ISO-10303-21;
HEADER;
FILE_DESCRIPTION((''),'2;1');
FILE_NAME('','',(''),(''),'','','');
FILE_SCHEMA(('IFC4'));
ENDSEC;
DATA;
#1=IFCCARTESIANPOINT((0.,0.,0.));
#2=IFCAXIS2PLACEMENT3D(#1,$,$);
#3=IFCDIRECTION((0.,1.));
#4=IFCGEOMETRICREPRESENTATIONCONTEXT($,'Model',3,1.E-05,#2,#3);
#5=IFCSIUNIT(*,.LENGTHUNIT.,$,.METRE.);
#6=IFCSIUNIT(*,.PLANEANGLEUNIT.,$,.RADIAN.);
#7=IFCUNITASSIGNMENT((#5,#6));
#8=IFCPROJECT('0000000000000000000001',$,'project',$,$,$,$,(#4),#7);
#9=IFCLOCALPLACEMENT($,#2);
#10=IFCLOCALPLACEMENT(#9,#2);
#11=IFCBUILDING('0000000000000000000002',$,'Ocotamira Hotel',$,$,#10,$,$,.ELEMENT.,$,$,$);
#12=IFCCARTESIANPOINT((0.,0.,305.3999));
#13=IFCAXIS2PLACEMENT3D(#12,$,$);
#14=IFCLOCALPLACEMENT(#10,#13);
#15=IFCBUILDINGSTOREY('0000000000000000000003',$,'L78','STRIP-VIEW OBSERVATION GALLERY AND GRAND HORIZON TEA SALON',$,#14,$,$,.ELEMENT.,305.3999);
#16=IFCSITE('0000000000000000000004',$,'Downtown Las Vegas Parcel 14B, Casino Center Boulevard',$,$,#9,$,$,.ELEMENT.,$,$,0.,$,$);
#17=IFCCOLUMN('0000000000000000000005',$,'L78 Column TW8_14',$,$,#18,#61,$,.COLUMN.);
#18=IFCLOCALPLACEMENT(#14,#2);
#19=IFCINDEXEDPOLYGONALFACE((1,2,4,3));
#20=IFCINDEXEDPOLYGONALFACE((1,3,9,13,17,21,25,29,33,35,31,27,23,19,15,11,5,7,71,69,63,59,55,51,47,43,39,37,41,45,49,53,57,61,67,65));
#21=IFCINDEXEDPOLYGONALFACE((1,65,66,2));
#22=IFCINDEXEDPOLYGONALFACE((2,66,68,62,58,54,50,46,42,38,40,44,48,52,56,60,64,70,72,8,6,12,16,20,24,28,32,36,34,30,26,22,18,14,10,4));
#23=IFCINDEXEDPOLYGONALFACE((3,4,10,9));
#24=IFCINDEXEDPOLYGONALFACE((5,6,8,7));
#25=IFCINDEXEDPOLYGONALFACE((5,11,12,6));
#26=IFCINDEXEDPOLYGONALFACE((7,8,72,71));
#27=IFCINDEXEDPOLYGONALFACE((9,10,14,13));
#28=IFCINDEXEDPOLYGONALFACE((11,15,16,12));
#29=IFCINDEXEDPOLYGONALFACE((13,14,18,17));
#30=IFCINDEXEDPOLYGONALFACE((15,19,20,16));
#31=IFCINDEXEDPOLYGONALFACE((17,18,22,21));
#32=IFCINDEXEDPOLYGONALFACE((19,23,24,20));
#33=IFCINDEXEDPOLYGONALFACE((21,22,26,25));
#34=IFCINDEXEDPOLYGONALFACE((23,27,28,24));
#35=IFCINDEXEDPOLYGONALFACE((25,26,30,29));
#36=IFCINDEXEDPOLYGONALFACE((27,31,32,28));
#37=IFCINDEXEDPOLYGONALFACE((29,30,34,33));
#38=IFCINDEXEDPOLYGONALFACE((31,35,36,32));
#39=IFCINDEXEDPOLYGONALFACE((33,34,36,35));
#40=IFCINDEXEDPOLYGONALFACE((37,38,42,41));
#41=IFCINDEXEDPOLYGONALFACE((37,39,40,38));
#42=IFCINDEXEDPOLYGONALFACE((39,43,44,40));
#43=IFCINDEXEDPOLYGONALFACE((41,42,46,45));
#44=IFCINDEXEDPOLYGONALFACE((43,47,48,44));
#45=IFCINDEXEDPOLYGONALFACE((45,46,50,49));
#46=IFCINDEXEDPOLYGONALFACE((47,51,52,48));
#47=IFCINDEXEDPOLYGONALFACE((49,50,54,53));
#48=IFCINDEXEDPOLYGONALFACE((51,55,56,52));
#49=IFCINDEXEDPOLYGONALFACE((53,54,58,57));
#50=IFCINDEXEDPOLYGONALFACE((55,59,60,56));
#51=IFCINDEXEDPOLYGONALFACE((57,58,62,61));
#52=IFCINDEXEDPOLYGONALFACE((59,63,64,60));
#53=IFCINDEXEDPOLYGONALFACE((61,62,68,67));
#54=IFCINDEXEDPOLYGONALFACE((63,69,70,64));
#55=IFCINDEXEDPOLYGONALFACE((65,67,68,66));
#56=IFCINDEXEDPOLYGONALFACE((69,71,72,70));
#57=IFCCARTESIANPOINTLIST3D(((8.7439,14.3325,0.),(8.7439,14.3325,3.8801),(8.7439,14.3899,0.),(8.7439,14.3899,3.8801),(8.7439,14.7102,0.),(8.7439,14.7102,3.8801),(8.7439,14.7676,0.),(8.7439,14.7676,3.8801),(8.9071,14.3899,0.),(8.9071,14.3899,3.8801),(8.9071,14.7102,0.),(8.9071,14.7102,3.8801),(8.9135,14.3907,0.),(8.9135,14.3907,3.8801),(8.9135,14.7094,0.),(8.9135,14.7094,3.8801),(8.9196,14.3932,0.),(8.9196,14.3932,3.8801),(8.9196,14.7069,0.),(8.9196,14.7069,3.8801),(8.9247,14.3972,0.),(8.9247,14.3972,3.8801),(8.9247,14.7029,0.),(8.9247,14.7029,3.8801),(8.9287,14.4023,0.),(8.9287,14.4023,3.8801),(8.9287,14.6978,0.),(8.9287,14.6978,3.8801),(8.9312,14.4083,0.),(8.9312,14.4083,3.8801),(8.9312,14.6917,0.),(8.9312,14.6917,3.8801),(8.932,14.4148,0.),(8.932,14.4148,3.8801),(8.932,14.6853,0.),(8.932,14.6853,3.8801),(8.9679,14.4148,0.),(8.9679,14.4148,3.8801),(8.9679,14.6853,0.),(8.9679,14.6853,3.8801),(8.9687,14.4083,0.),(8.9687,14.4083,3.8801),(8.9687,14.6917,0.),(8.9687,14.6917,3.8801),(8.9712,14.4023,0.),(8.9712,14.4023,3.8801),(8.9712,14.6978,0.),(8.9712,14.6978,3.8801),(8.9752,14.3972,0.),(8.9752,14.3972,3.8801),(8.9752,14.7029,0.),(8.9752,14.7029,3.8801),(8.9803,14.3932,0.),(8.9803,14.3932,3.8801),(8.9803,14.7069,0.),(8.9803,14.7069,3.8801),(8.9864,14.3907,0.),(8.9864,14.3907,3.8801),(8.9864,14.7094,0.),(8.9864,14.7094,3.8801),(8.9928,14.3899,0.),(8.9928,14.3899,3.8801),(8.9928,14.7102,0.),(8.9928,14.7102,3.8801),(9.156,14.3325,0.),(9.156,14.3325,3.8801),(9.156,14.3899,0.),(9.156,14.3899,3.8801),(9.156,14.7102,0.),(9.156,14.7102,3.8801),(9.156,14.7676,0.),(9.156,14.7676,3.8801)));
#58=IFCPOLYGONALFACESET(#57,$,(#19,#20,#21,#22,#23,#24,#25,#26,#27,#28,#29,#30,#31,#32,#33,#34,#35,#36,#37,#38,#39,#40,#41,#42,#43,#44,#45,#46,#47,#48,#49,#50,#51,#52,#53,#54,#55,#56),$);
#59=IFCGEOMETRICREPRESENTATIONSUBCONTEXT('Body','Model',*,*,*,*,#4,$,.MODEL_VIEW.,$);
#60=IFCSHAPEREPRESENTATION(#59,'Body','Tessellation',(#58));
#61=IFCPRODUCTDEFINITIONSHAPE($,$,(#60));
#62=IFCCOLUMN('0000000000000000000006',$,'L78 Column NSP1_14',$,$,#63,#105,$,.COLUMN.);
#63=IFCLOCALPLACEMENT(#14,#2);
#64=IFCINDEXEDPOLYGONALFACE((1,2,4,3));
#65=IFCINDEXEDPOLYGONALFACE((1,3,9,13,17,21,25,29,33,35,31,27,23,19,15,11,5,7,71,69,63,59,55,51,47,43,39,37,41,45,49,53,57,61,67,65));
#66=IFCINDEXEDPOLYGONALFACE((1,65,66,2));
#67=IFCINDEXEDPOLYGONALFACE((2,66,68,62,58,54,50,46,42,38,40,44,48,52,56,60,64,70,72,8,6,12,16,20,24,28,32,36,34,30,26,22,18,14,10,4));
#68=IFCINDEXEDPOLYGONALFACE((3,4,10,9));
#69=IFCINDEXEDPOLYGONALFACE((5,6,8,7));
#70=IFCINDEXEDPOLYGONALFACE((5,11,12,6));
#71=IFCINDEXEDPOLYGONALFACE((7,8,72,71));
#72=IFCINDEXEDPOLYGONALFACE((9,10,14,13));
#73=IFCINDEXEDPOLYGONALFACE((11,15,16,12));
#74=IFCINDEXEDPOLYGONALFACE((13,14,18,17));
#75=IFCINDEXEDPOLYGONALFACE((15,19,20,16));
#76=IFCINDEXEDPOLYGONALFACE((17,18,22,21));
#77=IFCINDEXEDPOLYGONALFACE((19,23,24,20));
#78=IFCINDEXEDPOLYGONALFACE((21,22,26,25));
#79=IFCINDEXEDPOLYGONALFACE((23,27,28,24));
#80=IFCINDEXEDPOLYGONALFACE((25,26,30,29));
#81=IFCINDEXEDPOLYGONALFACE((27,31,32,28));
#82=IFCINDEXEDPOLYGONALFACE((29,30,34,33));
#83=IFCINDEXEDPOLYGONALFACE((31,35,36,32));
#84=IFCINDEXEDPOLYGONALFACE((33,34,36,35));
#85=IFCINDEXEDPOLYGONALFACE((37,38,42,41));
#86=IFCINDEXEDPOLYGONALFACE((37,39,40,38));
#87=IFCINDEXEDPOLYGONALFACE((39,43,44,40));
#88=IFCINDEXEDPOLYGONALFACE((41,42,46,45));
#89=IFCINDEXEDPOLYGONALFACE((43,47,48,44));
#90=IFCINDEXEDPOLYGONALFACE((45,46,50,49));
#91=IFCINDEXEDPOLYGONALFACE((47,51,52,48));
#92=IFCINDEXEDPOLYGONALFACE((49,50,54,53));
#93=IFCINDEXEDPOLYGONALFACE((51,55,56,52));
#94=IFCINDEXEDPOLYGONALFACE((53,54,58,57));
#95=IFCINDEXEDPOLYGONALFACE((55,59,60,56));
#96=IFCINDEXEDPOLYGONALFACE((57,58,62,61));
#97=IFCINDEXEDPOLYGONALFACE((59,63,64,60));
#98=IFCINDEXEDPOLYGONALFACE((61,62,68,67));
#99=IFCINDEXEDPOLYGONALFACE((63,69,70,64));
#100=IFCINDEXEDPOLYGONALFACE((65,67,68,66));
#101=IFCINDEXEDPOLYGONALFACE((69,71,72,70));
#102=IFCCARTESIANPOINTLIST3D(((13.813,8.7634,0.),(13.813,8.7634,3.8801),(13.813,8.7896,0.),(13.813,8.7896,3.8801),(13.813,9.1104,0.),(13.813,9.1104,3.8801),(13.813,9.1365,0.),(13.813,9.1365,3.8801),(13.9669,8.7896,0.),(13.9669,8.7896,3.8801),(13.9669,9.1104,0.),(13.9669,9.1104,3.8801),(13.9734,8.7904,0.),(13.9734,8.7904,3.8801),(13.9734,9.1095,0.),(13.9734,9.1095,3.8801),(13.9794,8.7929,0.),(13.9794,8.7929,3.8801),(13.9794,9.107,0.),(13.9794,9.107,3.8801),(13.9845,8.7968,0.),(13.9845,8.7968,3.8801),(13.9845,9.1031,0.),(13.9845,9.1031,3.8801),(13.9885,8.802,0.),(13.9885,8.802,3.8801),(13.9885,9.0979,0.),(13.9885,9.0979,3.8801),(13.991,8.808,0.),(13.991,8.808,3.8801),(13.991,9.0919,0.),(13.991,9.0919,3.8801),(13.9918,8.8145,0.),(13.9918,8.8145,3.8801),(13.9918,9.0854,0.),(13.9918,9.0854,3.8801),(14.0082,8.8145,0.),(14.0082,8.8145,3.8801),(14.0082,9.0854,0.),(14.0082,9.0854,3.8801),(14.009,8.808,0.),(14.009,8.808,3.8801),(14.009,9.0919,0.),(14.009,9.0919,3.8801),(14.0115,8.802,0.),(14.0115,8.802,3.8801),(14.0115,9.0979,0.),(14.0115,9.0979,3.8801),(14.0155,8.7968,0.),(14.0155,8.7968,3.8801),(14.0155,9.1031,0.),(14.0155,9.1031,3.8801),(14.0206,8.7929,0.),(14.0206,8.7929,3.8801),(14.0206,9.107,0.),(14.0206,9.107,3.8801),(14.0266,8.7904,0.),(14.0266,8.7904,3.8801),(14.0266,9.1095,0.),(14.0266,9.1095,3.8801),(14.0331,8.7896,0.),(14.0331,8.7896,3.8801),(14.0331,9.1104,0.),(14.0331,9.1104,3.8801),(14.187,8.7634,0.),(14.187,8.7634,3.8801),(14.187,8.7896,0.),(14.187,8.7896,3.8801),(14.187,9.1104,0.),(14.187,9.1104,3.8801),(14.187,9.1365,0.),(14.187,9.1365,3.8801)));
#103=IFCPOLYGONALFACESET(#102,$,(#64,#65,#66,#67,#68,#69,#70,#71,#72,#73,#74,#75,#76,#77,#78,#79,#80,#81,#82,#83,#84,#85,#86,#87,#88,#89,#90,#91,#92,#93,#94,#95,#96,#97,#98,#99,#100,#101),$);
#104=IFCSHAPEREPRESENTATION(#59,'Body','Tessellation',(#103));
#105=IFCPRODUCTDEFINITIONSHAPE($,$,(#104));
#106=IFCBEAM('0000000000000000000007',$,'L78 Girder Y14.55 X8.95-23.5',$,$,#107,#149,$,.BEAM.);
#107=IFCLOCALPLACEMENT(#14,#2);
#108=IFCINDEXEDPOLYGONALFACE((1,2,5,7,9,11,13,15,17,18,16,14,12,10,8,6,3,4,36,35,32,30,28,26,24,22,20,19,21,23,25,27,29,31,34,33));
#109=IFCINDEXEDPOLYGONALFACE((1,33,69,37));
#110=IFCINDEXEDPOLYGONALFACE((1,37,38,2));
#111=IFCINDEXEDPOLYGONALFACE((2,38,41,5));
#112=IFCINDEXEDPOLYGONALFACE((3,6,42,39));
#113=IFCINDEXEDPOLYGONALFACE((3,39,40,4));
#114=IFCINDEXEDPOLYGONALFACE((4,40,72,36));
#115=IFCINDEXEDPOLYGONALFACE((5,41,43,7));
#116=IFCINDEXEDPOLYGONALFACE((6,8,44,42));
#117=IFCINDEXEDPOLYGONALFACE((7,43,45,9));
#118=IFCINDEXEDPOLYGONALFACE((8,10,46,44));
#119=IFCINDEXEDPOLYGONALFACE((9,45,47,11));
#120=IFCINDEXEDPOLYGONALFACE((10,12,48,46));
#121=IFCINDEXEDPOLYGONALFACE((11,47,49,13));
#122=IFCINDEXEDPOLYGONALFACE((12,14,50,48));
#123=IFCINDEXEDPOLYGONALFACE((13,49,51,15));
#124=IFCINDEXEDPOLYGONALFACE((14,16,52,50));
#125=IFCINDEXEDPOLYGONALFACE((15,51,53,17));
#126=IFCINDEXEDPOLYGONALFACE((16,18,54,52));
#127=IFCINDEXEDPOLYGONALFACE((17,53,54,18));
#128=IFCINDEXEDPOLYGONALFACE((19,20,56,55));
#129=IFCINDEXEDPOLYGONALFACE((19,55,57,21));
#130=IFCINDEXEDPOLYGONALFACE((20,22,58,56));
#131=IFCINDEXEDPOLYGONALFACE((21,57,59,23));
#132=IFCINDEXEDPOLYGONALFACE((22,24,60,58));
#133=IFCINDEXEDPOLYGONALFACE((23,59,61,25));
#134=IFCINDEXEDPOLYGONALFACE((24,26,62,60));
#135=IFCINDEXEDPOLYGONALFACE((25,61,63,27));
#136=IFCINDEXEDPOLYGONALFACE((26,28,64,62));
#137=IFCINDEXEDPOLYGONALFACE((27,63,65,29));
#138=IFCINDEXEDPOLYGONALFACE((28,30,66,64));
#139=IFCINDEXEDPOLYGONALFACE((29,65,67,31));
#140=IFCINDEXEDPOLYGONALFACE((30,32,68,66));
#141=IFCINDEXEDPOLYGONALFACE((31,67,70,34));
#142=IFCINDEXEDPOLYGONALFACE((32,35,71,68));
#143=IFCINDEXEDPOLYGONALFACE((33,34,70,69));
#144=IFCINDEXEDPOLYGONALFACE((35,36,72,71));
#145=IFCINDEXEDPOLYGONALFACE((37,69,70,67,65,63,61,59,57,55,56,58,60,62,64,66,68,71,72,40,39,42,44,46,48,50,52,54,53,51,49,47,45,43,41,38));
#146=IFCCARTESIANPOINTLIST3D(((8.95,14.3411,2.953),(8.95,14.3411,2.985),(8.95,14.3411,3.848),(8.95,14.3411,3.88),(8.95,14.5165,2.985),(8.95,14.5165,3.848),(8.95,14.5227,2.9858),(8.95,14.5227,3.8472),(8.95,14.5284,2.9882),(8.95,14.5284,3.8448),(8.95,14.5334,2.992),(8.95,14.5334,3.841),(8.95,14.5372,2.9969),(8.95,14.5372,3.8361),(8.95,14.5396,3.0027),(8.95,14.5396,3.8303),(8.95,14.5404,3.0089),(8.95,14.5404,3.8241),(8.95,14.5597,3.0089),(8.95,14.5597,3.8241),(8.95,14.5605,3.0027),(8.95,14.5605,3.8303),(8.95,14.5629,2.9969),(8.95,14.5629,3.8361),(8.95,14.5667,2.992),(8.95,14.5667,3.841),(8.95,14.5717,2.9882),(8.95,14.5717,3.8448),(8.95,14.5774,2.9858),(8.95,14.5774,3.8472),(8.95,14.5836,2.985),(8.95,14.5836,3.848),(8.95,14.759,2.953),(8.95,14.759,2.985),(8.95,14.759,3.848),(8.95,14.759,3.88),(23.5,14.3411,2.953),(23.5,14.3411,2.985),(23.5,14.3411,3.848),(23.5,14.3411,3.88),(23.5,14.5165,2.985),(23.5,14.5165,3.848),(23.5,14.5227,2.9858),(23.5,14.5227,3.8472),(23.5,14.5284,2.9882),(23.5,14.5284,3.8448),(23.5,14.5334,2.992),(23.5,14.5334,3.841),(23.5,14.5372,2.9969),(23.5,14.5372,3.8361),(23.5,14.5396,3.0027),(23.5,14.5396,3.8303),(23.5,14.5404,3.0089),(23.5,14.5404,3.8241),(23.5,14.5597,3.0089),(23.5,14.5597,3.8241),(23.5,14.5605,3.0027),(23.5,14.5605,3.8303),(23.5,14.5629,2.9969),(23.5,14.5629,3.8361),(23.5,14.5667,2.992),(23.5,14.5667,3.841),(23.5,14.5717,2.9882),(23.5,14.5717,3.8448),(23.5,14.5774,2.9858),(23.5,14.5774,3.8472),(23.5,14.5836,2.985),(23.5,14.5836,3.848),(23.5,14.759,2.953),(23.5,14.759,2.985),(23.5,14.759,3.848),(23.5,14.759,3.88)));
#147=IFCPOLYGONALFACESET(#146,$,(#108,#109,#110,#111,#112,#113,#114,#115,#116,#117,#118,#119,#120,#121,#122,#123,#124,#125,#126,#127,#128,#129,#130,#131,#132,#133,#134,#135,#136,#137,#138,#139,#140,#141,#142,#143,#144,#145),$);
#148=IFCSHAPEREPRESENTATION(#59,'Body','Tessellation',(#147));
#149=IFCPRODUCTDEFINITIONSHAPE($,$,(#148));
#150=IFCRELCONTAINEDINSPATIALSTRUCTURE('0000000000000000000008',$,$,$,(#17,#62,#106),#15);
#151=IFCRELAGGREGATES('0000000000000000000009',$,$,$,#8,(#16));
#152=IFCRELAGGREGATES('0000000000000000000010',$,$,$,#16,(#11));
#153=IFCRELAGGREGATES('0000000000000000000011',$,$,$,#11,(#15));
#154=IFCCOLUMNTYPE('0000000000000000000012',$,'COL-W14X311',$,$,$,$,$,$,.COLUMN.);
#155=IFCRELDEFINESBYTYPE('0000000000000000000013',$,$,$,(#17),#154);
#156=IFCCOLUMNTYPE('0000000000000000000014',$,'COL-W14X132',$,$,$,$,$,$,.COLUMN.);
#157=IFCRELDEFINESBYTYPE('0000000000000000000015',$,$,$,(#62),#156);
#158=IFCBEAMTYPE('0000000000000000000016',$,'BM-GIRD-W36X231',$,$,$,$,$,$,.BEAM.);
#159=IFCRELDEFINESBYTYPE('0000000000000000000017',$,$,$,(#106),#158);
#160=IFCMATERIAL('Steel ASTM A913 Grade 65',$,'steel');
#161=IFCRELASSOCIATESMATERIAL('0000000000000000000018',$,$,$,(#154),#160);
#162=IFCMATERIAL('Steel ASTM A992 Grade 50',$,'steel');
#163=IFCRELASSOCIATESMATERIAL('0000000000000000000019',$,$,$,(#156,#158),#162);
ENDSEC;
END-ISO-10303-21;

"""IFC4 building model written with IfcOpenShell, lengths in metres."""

from ifc_helpers import new_model, si_unit, direction, frame, origin, origin_2d, place, context, subcontext, project, spatial, i_section, extrude, source, transform, mapped, material, material_profile, profile_set, type_object, element, save


model = new_model("IFC4")

# Units and contexts
model_context = context("Model", 3, precision=1e-05, world=origin(), true_north=direction((0.0, 1.0)))
body_context = subcontext(model_context, "Body", "Model", "MODEL_VIEW")
ifc_project = project(units=[si_unit("LENGTHUNIT", "METRE"), si_unit("PLANEANGLEUNIT", "RADIAN")], contexts=[model_context])

# Site, building, storey
site_placement = place(None, origin())
site = spatial("IfcSite", under=ifc_project, at=site_placement, Name="Downtown Las Vegas Parcel 14B, Casino Center Boulevard", CompositionType="ELEMENT", RefElevation=0.0)
building_placement = place(site_placement, origin())
building = spatial("IfcBuilding", under=site, at=building_placement, Name="Ocotamira Hotel", CompositionType="ELEMENT")
storey_placement = place(building_placement, frame((0.0, 0.0, 305.3999)))
storey = spatial("IfcBuildingStorey", under=building, at=storey_placement, Name="L78", Description="STRIP-VIEW OBSERVATION GALLERY AND GRAND HORIZON TEA SALON", CompositionType="ELEMENT", Elevation=305.3999)

# Columns
ifc_material_1 = material(Name="Steel ASTM A913 Grade 65", Category="steel")
ifc_material_profile_1 = material_profile(ifc_material_1, i_section(OverallWidth=0.4121, OverallDepth=0.4351, WebThickness=0.0359, FlangeThickness=0.0574, FilletRadius=0.0249, at=origin_2d()), Name="W14X311")
ifc_profile_set_1 = profile_set([ifc_material_profile_1], Name="Steel ASTM A913 Grade 65")
column_type_1 = type_object("IfcColumnType", Name="COL-W14X311", PredefinedType="COLUMN", material=ifc_profile_set_1)
shared_shape_1 = source(origin(), body_context, "Body", "SweptSolid", [
    extrude(i_section(OverallWidth=0.4121, OverallDepth=0.4351, WebThickness=0.0359, FlangeThickness=0.0574, FilletRadius=0.0249, at=origin_2d()), origin(), (0.0, 0.0, 1.0), 3.8801),
])
column_1_placement = place(storey_placement, frame((8.95, 14.55, 0.0), z_axis=(0.0, 0.0, 1.0), x_axis=(1.0, 0.0, 0.0)))
element("IfcColumn", 1, at=column_1_placement, inside=storey, type_object=column_type_1, Name="L78 Column TW8_14", PredefinedType="COLUMN", context=body_context, shape_type="MappedRepresentation", body=[
    mapped(shared_shape_1, transform((0.0, 0.0, 0.0), scale=1.0)),
])
ifc_material_2 = material(Name="Steel ASTM A992 Grade 50", Category="steel")
ifc_material_profile_2 = material_profile(ifc_material_2, i_section(OverallWidth=0.374, OverallDepth=0.373, WebThickness=0.0164, FlangeThickness=0.0261, FilletRadius=0.0249, at=origin_2d()), Name="W14X132")
ifc_profile_set_2 = profile_set([ifc_material_profile_2], Name="Steel ASTM A992 Grade 50")
column_type_2 = type_object("IfcColumnType", Name="COL-W14X132", PredefinedType="COLUMN", material=ifc_profile_set_2)
shared_shape_2 = source(origin(), body_context, "Body", "SweptSolid", [
    extrude(i_section(OverallWidth=0.374, OverallDepth=0.373, WebThickness=0.0164, FlangeThickness=0.0261, FilletRadius=0.0249, at=origin_2d()), origin(), (0.0, 0.0, 1.0), 3.8801),
])
column_2_placement = place(storey_placement, frame((14.0, 8.95, 0.0), z_axis=(0.0, 0.0, 1.0), x_axis=(1.0, 0.0, 0.0)))
element("IfcColumn", 2, at=column_2_placement, inside=storey, type_object=column_type_2, Name="L78 Column NSP1_14", PredefinedType="COLUMN", context=body_context, shape_type="MappedRepresentation", body=[
    mapped(shared_shape_2, transform((0.0, 0.0, 0.0), scale=1.0)),
])

# Beam
ifc_material_profile_3 = material_profile(ifc_material_2, i_section(OverallWidth=0.418, OverallDepth=0.927, WebThickness=0.0193, FlangeThickness=0.032, FilletRadius=0.0239, at=origin_2d()), Name="W36X231")
ifc_profile_set_3 = profile_set([ifc_material_profile_3], Name="Steel ASTM A992 Grade 50")
beam_type_1 = type_object("IfcBeamType", Name="BM-GIRD-W36X231", PredefinedType="BEAM", material=ifc_profile_set_3)
shared_shape_3 = source(origin(), body_context, "Body", "SweptSolid", [
    extrude(i_section(OverallWidth=0.418, OverallDepth=0.927, WebThickness=0.0193, FlangeThickness=0.032, FilletRadius=0.0239, at=origin_2d()), origin(), (0.0, 0.0, 1.0), 14.55),
])
beam_1_placement = place(storey_placement, frame((8.95, 14.55, 3.4165), z_axis=(1.0, 0.0, 0.0), x_axis=(0.0, 1.0, 0.0)))
element("IfcBeam", 3, at=beam_1_placement, inside=storey, type_object=beam_type_1, Name="L78 Girder Y14.55 X8.95-23.5", PredefinedType="BEAM", context=body_context, shape_type="MappedRepresentation", body=[
    mapped(shared_shape_3, transform((0.0, 0.0, 0.0), scale=1.0)),
])

save(model, "model.ifc")
